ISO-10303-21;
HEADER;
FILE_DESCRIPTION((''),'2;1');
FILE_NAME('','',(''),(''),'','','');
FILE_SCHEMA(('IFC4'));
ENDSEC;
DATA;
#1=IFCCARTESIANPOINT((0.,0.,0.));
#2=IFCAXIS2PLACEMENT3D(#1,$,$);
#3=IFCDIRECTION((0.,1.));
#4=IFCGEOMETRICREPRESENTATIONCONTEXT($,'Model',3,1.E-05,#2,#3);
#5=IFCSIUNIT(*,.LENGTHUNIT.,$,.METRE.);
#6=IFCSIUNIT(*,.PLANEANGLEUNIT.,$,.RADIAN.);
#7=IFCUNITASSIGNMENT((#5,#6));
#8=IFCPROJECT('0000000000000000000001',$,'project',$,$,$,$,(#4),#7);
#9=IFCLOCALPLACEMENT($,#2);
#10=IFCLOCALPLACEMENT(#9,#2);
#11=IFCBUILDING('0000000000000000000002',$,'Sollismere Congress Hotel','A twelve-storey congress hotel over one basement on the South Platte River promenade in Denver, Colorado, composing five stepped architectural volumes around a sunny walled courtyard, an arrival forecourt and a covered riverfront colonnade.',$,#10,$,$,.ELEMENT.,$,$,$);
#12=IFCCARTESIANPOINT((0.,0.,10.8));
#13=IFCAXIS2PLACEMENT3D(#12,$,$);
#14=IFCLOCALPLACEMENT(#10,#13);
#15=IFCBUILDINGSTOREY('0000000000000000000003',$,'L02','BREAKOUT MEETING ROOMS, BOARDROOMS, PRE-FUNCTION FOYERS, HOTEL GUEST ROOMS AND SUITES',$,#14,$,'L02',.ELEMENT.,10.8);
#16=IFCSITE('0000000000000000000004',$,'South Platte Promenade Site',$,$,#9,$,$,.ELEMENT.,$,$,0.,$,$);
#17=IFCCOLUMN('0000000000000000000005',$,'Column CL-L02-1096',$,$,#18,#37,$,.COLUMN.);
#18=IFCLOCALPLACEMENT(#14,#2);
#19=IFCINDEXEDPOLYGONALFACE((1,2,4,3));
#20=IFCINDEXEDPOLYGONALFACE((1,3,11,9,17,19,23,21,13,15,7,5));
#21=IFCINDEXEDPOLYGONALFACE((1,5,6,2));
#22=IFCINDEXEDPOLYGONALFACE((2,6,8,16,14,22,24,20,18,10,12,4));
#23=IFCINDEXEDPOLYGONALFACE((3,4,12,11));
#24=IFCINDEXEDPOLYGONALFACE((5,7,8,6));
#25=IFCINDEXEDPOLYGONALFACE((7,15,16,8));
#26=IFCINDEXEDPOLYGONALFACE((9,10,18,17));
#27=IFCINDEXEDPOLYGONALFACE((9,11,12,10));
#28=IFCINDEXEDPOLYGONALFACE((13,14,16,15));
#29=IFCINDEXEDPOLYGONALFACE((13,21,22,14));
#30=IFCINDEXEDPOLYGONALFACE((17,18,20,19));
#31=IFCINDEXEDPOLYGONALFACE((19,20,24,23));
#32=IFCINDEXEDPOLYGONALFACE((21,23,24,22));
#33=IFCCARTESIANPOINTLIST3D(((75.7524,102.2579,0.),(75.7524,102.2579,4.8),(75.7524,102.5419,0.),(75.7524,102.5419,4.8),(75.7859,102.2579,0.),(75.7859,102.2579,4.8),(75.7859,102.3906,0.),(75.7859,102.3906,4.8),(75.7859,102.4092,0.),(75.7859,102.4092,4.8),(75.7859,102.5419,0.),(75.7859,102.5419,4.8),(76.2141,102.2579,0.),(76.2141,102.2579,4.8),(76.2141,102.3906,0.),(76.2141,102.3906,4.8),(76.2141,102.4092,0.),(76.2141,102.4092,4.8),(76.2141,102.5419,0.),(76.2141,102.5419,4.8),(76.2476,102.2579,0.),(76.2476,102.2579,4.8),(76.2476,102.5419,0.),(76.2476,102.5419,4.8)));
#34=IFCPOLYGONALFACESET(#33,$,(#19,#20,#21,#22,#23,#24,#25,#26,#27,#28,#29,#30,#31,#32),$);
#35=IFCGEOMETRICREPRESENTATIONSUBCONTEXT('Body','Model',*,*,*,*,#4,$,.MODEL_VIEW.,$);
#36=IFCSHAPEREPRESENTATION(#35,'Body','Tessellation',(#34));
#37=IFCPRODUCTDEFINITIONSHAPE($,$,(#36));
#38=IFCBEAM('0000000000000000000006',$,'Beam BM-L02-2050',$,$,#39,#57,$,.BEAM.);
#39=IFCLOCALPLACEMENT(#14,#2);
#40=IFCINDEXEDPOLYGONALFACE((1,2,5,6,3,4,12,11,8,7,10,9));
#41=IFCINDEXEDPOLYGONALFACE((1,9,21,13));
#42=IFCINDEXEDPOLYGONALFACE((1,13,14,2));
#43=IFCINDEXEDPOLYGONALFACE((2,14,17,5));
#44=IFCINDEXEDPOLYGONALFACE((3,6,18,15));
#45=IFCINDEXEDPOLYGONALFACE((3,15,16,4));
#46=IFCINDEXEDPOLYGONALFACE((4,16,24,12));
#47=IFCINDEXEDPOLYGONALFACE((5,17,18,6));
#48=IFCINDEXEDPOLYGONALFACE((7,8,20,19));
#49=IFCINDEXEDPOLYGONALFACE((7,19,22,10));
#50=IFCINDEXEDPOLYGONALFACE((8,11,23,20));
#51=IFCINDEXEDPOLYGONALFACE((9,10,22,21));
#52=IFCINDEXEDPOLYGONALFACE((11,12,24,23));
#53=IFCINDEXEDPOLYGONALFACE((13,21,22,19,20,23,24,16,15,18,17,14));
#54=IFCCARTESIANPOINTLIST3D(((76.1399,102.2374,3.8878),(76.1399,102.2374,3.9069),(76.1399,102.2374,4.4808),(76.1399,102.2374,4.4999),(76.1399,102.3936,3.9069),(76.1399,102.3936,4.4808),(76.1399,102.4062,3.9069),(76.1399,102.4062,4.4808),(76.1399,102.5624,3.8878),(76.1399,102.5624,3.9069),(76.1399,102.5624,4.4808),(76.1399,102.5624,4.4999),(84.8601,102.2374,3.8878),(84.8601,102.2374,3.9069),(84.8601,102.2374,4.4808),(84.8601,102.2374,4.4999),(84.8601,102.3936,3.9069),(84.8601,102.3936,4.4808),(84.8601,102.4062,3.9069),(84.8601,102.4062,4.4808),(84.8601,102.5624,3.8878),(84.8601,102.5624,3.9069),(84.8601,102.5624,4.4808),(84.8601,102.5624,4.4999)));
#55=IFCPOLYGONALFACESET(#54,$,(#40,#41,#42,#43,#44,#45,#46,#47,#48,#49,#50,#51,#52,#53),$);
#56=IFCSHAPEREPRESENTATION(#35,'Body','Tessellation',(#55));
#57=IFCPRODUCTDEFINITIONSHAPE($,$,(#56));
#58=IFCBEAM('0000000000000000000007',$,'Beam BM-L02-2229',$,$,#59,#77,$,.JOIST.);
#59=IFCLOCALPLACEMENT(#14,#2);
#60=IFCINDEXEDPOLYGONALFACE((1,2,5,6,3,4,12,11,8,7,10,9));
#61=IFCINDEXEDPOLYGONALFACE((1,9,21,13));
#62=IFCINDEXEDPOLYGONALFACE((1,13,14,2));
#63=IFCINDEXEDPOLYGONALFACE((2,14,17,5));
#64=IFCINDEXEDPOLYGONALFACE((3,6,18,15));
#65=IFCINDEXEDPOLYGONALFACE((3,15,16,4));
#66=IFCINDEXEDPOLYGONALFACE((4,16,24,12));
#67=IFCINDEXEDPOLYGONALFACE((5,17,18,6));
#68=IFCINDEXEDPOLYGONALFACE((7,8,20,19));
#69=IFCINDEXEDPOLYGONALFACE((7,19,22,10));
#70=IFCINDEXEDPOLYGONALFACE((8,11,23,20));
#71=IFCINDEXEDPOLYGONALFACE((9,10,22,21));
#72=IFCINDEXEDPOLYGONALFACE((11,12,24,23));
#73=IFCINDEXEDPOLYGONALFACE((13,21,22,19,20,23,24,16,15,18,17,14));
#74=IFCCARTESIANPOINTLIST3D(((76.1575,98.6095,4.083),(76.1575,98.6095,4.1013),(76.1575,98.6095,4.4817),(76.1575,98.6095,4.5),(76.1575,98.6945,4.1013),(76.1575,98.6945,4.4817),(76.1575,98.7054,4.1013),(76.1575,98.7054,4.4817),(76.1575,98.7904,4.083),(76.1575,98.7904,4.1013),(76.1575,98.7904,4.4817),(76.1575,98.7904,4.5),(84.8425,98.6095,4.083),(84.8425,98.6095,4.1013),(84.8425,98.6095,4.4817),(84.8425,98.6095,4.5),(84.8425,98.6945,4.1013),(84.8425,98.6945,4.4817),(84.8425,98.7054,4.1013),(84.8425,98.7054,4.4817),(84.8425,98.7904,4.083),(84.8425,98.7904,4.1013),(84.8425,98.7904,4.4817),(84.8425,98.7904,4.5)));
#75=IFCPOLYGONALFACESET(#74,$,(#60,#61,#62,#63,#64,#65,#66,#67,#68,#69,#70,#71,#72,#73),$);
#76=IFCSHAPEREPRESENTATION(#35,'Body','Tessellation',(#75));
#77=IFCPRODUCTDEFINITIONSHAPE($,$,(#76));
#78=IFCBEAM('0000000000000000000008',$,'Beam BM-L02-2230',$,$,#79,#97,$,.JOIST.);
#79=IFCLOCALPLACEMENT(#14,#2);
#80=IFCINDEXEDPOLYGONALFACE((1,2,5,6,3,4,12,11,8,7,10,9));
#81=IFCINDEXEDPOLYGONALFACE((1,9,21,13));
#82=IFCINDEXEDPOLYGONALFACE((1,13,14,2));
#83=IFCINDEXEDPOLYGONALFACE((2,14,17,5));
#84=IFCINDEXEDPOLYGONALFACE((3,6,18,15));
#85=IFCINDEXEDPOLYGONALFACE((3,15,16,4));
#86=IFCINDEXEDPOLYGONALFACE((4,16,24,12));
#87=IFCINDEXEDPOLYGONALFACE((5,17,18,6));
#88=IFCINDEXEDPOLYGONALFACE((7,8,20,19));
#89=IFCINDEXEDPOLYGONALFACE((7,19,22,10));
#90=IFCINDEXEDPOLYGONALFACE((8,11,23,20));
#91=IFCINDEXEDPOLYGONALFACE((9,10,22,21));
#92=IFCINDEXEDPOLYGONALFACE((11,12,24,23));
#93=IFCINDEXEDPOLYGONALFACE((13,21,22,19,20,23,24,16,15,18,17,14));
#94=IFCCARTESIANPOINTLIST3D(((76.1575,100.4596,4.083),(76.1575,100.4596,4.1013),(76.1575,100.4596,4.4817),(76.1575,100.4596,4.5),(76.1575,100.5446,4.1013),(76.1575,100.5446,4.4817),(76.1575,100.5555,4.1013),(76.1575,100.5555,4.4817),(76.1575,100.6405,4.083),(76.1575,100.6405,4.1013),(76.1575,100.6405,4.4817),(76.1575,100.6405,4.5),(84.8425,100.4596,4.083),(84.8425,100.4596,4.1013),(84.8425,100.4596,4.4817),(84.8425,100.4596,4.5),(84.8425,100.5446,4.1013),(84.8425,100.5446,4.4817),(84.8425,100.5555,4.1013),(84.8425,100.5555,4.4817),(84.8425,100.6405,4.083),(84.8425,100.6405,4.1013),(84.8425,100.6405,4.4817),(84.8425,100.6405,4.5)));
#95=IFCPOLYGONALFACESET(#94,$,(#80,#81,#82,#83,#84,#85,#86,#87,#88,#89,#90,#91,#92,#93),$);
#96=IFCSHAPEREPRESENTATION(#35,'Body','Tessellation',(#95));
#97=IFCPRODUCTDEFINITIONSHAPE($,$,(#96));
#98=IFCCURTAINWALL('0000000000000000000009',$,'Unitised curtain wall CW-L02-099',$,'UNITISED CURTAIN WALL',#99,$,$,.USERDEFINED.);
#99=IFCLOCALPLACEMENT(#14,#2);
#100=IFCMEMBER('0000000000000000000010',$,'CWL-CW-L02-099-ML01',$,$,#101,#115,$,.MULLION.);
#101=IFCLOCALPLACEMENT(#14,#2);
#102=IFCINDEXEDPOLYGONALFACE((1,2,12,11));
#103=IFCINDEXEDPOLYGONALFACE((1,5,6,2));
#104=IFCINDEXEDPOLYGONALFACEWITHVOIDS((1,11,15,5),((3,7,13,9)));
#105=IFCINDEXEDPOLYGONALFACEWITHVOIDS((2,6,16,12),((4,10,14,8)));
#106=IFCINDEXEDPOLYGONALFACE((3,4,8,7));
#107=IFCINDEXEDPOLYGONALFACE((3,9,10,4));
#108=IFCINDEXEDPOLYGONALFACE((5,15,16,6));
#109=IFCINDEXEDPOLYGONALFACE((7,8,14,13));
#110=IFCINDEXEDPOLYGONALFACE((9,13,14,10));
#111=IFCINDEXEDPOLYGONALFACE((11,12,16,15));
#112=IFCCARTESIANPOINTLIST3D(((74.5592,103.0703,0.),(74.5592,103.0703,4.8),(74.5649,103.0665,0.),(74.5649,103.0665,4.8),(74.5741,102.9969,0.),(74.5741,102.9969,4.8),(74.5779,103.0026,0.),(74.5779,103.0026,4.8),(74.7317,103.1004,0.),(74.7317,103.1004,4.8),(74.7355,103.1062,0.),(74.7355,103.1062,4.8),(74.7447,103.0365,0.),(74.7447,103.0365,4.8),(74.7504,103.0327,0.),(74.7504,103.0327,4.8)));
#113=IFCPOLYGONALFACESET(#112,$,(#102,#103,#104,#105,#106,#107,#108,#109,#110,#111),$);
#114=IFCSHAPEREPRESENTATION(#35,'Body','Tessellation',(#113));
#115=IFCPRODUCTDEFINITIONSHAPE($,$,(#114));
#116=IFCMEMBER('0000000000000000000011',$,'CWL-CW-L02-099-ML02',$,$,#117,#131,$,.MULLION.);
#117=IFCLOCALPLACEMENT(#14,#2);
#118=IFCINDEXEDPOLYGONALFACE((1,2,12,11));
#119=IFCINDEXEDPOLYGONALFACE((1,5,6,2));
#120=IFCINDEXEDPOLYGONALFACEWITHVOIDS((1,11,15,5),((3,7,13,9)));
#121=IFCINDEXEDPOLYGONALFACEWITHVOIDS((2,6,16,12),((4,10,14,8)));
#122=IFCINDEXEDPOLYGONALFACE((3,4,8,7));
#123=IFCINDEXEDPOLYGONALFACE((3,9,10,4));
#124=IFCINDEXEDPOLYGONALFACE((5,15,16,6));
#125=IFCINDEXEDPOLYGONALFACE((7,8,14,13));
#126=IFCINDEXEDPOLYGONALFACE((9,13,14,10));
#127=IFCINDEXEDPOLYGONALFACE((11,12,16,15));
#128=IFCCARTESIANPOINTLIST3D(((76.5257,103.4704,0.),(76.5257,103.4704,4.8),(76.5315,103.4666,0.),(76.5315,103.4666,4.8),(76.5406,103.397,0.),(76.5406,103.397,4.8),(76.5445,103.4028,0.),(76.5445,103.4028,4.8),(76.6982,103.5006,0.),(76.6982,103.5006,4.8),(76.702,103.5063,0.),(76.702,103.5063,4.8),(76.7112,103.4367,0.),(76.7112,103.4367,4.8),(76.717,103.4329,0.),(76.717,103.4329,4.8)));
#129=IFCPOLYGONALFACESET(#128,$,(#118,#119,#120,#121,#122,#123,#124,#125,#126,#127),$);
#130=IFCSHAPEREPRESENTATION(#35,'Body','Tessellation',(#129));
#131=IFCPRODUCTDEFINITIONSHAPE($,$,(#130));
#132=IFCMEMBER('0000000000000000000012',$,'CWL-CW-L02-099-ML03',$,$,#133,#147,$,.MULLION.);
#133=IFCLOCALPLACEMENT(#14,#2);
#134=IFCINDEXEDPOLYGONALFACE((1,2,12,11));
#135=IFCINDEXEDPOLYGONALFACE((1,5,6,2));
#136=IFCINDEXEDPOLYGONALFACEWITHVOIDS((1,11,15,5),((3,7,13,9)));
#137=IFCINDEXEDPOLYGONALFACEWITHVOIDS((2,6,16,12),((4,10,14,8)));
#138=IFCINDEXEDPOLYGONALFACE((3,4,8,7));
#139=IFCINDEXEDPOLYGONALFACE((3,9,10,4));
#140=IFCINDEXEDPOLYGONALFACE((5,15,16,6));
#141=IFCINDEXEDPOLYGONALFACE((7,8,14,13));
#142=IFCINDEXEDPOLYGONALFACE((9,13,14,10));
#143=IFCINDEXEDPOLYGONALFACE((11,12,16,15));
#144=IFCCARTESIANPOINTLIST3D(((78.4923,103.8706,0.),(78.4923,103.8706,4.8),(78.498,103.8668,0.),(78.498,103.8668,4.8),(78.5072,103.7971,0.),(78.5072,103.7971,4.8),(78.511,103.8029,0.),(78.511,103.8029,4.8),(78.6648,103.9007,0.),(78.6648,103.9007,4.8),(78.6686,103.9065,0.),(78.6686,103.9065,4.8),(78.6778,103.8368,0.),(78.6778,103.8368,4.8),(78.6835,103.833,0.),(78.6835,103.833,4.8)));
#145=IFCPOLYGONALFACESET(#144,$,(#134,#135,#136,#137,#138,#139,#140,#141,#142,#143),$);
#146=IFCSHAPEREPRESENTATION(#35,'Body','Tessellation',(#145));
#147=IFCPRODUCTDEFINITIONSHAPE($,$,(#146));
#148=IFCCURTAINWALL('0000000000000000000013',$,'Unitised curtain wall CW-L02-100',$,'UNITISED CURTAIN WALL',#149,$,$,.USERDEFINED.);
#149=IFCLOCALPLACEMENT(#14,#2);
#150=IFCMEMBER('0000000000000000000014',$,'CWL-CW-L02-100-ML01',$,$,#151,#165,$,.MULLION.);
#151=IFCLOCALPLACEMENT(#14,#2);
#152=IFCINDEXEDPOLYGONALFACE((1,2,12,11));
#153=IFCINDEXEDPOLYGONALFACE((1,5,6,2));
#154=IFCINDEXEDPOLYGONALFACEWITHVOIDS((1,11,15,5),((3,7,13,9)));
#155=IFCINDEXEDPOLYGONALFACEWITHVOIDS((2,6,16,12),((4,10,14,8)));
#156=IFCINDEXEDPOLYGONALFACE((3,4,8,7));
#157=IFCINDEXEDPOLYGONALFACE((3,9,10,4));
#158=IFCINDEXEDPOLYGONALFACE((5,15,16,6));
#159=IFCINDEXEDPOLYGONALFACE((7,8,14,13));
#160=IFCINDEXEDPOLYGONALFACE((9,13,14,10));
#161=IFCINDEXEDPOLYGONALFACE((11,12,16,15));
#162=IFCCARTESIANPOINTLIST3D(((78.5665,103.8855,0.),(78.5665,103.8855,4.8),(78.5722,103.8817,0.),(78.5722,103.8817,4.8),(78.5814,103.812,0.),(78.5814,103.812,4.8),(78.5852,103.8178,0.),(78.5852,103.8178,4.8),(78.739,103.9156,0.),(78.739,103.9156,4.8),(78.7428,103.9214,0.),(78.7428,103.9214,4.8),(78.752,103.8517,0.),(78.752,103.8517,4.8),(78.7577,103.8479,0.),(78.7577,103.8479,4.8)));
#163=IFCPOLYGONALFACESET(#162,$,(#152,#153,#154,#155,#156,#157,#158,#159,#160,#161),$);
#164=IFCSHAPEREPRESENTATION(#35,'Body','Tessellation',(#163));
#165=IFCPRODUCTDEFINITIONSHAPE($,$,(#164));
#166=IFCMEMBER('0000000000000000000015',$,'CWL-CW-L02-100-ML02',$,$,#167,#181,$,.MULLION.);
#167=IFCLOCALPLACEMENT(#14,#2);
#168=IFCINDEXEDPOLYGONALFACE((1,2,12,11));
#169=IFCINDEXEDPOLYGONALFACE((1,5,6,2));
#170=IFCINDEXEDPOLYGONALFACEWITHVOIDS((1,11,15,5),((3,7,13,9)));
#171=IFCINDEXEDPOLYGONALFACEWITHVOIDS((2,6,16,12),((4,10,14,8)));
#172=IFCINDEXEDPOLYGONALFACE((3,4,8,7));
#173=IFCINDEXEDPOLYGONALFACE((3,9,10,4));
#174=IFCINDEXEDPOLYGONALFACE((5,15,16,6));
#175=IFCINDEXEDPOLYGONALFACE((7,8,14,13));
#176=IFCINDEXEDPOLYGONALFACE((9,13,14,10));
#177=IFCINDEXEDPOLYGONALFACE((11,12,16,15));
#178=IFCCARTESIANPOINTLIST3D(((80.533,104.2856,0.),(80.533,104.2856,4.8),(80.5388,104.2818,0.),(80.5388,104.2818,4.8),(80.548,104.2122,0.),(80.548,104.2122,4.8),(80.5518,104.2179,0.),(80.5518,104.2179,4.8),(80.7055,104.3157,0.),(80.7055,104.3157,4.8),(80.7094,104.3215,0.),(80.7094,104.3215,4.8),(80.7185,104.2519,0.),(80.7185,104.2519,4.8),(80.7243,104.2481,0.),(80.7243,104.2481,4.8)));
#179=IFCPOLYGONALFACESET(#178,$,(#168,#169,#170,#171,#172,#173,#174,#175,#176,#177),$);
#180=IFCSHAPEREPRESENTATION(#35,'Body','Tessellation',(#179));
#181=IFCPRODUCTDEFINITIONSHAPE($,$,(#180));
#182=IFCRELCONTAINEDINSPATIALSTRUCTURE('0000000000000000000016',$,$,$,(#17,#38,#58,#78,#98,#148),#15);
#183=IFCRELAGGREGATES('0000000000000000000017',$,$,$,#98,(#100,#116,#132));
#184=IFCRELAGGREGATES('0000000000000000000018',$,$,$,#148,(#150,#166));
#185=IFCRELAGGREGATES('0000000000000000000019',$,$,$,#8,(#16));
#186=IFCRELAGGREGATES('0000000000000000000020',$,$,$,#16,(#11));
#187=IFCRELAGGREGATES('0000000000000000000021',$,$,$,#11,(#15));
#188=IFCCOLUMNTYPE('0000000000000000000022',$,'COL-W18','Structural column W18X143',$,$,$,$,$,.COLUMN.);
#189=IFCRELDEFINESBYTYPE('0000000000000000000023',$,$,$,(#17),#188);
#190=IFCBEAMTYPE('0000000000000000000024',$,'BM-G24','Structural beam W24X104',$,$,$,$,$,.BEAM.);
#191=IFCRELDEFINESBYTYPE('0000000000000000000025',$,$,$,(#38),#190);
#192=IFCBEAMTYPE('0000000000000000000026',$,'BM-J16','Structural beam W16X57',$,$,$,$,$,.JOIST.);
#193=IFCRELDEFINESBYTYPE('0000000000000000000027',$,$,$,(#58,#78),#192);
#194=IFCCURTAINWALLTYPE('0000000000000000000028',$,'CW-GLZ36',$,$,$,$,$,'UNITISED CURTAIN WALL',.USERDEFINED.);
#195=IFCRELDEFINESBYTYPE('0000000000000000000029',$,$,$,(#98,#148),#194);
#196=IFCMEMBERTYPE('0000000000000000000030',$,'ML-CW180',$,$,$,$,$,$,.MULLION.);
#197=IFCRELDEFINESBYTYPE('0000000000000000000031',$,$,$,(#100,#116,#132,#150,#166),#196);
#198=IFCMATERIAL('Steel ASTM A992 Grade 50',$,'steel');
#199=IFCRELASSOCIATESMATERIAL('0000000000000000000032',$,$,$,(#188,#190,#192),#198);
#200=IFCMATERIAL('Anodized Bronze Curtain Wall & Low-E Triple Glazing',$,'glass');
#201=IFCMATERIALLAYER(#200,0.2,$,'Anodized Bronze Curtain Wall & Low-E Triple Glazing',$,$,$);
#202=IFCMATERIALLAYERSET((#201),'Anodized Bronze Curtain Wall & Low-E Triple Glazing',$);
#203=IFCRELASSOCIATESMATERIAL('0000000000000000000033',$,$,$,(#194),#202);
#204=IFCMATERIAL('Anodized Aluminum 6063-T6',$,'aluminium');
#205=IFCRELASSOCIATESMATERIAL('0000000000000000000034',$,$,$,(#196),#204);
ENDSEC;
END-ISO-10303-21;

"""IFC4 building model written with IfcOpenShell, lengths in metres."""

from ifc_helpers import new_model, si_unit, direction, frame, origin, origin_2d, place, context, subcontext, project, spatial, hollow_rectangle, i_section, extrude, material, layer, layer_set, material_profile, profile_set, type_object, element, aggregate, save


model = new_model("IFC4")

# Units and contexts
model_context = context("Model", 3, precision=1e-05, world=origin(), true_north=direction((0.0, 1.0)))
body_context = subcontext(model_context, "Body", "Model", "MODEL_VIEW")
ifc_project = project(units=[si_unit("LENGTHUNIT", "METRE"), si_unit("PLANEANGLEUNIT", "RADIAN")], contexts=[model_context])

# Site, building, storey
site_placement = place(None, origin())
site = spatial("IfcSite", under=ifc_project, at=site_placement, Name="South Platte Promenade Site", CompositionType="ELEMENT", RefElevation=0.0)
building_placement = place(site_placement, origin())
building = spatial("IfcBuilding", under=site, at=building_placement, Name="Sollismere Congress Hotel", Description="A twelve-storey congress hotel over one basement on the South Platte River promenade in Denver, Colorado, composing five stepped architectural volumes around a sunny walled courtyard, an arrival forecourt and a covered riverfront colonnade.", CompositionType="ELEMENT")
storey_placement = place(building_placement, frame((0.0, 0.0, 10.8)))
storey = spatial("IfcBuildingStorey", under=building, at=storey_placement, Name="L02", Description="BREAKOUT MEETING ROOMS, BOARDROOMS, PRE-FUNCTION FOYERS, HOTEL GUEST ROOMS AND SUITES", LongName="L02", CompositionType="ELEMENT", Elevation=10.8)

# Column
ifc_material_1 = material(Name="Steel ASTM A992 Grade 50", Category="steel")
ifc_material_profile_1 = material_profile(ifc_material_1, i_section(OverallWidth=0.2839, OverallDepth=0.4951, WebThickness=0.0186, FlangeThickness=0.0334, at=origin_2d()), Name="W18X143")
ifc_profile_set_1 = profile_set([ifc_material_profile_1], Name="Steel ASTM A992 Grade 50")
column_type = type_object("IfcColumnType", Name="COL-W18", Description="Structural column W18X143", PredefinedType="COLUMN", material=ifc_profile_set_1)
column_placement = place(storey_placement, frame((76.0, 102.3999, 0.0), z_axis=(0.0, 0.0, 1.0), x_axis=(0.0, 1.0, 0.0)))
element("IfcColumn", 1, at=column_placement, inside=storey, type_object=column_type, Name="Column CL-L02-1096", PredefinedType="COLUMN", context=body_context, shape_type="SweptSolid", body=[
    extrude(i_section(OverallWidth=0.2839, OverallDepth=0.4951, WebThickness=0.0186, FlangeThickness=0.0334, at=origin_2d()), origin(), (0.0, 0.0, 1.0), 4.8),
])

# Beams
ifc_material_profile_2 = material_profile(ifc_material_1, i_section(OverallWidth=0.325, OverallDepth=0.6121, WebThickness=0.0127, FlangeThickness=0.019, at=origin_2d()), Name="W24X104")
ifc_profile_set_2 = profile_set([ifc_material_profile_2], Name="Steel ASTM A992 Grade 50")
beam_type_1 = type_object("IfcBeamType", Name="BM-G24", Description="Structural beam W24X104", PredefinedType="BEAM", material=ifc_profile_set_2)
beam_placement = place(storey_placement, frame((76.1399, 102.3999, 4.1938), z_axis=(1.0, 0.0, 0.0), x_axis=(0.0, 1.0, 0.0)))
element("IfcBeam", 2, at=beam_placement, inside=storey, type_object=beam_type_1, Name="Beam BM-L02-2050", PredefinedType="BEAM", context=body_context, shape_type="SweptSolid", body=[
    extrude(i_section(OverallWidth=0.325, OverallDepth=0.6121, WebThickness=0.0127, FlangeThickness=0.019, at=origin_2d()), origin(), (0.0, 0.0, 1.0), 8.7202),
])
ifc_material_profile_3 = material_profile(ifc_material_1, i_section(OverallWidth=0.1809, OverallDepth=0.417, WebThickness=0.011, FlangeThickness=0.0183, at=origin_2d()), Name="W16X57")
ifc_profile_set_3 = profile_set([ifc_material_profile_3], Name="Steel ASTM A992 Grade 50")
beam_type_2 = type_object("IfcBeamType", Name="BM-J16", Description="Structural beam W16X57", PredefinedType="JOIST", material=ifc_profile_set_3)
for number, where, z_axis, x_axis, name in (
    (3, (76.1575, 98.7, 4.2915), (1.0, 0.0, 0.0), (0.0, 1.0, 0.0), "Beam BM-L02-2229"),
    (4, (76.1575, 100.55, 4.2915), (1.0, 0.0, 0.0), (0.0, 1.0, 0.0), "Beam BM-L02-2230"),
):
    element("IfcBeam", number, at=place(storey_placement, frame(where, z_axis=z_axis, x_axis=x_axis)), inside=storey, type_object=beam_type_2, Name=name, PredefinedType="JOIST", context=body_context, shape_type="SweptSolid", body=[
        extrude(i_section(OverallWidth=0.1809, OverallDepth=0.417, WebThickness=0.011, FlangeThickness=0.0183, at=origin_2d()), origin(), (0.0, 0.0, 1.0), 8.6851),
    ])

# Curtain walls, members
ifc_material_2 = material(Name="Anodized Bronze Curtain Wall & Low-E Triple Glazing", Category="glass")
ifc_layer_1 = layer(ifc_material_2, 0.2, Name="Anodized Bronze Curtain Wall & Low-E Triple Glazing")
ifc_layer_set_1 = layer_set([ifc_layer_1], Name="Anodized Bronze Curtain Wall & Low-E Triple Glazing")
curtain_wall_type = type_object("IfcCurtainWallType", Name="CW-GLZ36", ElementType="UNITISED CURTAIN WALL", PredefinedType="USERDEFINED", material=ifc_layer_set_1)
curtain_wall_1_placement = place(storey_placement, origin())
curtain_wall_1 = element("IfcCurtainWall", 5, at=curtain_wall_1_placement, inside=storey, type_object=curtain_wall_type, Name="Unitised curtain wall CW-L02-099", ObjectType="UNITISED CURTAIN WALL", PredefinedType="USERDEFINED")
ifc_material_3 = material(Name="Anodized Aluminum 6063-T6", Category="aluminium")
ifc_material_profile_4 = material_profile(ifc_material_3, hollow_rectangle(XDim=0.075, YDim=0.1799, WallThickness=0.0049, at=origin_2d()), Name="ALU180X75X5")
ifc_profile_set_4 = profile_set([ifc_material_profile_4], Name="Anodized Aluminum 6063-T6")
member_type_1 = type_object("IfcMemberType", Name="ML-CW180", PredefinedType="MULLION", material=ifc_profile_set_4)
member_1_placement = place(storey_placement, frame((74.6548, 103.0515, 0.0), z_axis=(0.0, 0.0, 1.0), x_axis=(-0.199368, 0.979925, 0.0)))
member_1 = element("IfcMember", 6, at=member_1_placement, type_object=member_type_1, Name="CWL-CW-L02-099-ML01", PredefinedType="MULLION", context=body_context, shape_type="SweptSolid", body=[
    extrude(hollow_rectangle(XDim=0.075, YDim=0.1799, WallThickness=0.0049, at=origin_2d()), origin(), (0.0, 0.0, 1.0), 4.8),
])
member_2_placement = place(storey_placement, frame((76.6213, 103.4517, 0.0), z_axis=(0.0, 0.0, 1.0), x_axis=(-0.199368, 0.979925, 0.0)))
member_2 = element("IfcMember", 7, at=member_2_placement, type_object=member_type_1, Name="CWL-CW-L02-099-ML02", PredefinedType="MULLION", context=body_context, shape_type="SweptSolid", body=[
    extrude(hollow_rectangle(XDim=0.075, YDim=0.1799, WallThickness=0.0049, at=origin_2d()), origin(), (0.0, 0.0, 1.0), 4.8),
])
member_3_placement = place(storey_placement, frame((78.5879, 103.8518, 0.0), z_axis=(0.0, 0.0, 1.0), x_axis=(-0.199368, 0.979925, 0.0)))
member_3 = element("IfcMember", 8, at=member_3_placement, type_object=member_type_1, Name="CWL-CW-L02-099-ML03", PredefinedType="MULLION", context=body_context, shape_type="SweptSolid", body=[
    extrude(hollow_rectangle(XDim=0.075, YDim=0.1799, WallThickness=0.0049, at=origin_2d()), origin(), (0.0, 0.0, 1.0), 4.8),
])
curtain_wall_2_placement = place(storey_placement, origin())
curtain_wall_2 = element("IfcCurtainWall", 9, at=curtain_wall_2_placement, inside=storey, type_object=curtain_wall_type, Name="Unitised curtain wall CW-L02-100", ObjectType="UNITISED CURTAIN WALL", PredefinedType="USERDEFINED")
member_4_placement = place(storey_placement, frame((78.6621, 103.8667, 0.0), z_axis=(0.0, 0.0, 1.0), x_axis=(-0.199368, 0.979925, 0.0)))
member_4 = element("IfcMember", 10, at=member_4_placement, type_object=member_type_1, Name="CWL-CW-L02-100-ML01", PredefinedType="MULLION", context=body_context, shape_type="SweptSolid", body=[
    extrude(hollow_rectangle(XDim=0.075, YDim=0.1799, WallThickness=0.0049, at=origin_2d()), origin(), (0.0, 0.0, 1.0), 4.8),
])
member_5_placement = place(storey_placement, frame((80.6287, 104.2668, 0.0), z_axis=(0.0, 0.0, 1.0), x_axis=(-0.199368, 0.979925, 0.0)))
member_5 = element("IfcMember", 11, at=member_5_placement, type_object=member_type_1, Name="CWL-CW-L02-100-ML02", PredefinedType="MULLION", context=body_context, shape_type="SweptSolid", body=[
    extrude(hollow_rectangle(XDim=0.075, YDim=0.1799, WallThickness=0.0049, at=origin_2d()), origin(), (0.0, 0.0, 1.0), 4.8),
])

aggregate(curtain_wall_1, [member_1, member_2, member_3])
aggregate(curtain_wall_2, [member_4, member_5])

save(model, "model.ifc")
